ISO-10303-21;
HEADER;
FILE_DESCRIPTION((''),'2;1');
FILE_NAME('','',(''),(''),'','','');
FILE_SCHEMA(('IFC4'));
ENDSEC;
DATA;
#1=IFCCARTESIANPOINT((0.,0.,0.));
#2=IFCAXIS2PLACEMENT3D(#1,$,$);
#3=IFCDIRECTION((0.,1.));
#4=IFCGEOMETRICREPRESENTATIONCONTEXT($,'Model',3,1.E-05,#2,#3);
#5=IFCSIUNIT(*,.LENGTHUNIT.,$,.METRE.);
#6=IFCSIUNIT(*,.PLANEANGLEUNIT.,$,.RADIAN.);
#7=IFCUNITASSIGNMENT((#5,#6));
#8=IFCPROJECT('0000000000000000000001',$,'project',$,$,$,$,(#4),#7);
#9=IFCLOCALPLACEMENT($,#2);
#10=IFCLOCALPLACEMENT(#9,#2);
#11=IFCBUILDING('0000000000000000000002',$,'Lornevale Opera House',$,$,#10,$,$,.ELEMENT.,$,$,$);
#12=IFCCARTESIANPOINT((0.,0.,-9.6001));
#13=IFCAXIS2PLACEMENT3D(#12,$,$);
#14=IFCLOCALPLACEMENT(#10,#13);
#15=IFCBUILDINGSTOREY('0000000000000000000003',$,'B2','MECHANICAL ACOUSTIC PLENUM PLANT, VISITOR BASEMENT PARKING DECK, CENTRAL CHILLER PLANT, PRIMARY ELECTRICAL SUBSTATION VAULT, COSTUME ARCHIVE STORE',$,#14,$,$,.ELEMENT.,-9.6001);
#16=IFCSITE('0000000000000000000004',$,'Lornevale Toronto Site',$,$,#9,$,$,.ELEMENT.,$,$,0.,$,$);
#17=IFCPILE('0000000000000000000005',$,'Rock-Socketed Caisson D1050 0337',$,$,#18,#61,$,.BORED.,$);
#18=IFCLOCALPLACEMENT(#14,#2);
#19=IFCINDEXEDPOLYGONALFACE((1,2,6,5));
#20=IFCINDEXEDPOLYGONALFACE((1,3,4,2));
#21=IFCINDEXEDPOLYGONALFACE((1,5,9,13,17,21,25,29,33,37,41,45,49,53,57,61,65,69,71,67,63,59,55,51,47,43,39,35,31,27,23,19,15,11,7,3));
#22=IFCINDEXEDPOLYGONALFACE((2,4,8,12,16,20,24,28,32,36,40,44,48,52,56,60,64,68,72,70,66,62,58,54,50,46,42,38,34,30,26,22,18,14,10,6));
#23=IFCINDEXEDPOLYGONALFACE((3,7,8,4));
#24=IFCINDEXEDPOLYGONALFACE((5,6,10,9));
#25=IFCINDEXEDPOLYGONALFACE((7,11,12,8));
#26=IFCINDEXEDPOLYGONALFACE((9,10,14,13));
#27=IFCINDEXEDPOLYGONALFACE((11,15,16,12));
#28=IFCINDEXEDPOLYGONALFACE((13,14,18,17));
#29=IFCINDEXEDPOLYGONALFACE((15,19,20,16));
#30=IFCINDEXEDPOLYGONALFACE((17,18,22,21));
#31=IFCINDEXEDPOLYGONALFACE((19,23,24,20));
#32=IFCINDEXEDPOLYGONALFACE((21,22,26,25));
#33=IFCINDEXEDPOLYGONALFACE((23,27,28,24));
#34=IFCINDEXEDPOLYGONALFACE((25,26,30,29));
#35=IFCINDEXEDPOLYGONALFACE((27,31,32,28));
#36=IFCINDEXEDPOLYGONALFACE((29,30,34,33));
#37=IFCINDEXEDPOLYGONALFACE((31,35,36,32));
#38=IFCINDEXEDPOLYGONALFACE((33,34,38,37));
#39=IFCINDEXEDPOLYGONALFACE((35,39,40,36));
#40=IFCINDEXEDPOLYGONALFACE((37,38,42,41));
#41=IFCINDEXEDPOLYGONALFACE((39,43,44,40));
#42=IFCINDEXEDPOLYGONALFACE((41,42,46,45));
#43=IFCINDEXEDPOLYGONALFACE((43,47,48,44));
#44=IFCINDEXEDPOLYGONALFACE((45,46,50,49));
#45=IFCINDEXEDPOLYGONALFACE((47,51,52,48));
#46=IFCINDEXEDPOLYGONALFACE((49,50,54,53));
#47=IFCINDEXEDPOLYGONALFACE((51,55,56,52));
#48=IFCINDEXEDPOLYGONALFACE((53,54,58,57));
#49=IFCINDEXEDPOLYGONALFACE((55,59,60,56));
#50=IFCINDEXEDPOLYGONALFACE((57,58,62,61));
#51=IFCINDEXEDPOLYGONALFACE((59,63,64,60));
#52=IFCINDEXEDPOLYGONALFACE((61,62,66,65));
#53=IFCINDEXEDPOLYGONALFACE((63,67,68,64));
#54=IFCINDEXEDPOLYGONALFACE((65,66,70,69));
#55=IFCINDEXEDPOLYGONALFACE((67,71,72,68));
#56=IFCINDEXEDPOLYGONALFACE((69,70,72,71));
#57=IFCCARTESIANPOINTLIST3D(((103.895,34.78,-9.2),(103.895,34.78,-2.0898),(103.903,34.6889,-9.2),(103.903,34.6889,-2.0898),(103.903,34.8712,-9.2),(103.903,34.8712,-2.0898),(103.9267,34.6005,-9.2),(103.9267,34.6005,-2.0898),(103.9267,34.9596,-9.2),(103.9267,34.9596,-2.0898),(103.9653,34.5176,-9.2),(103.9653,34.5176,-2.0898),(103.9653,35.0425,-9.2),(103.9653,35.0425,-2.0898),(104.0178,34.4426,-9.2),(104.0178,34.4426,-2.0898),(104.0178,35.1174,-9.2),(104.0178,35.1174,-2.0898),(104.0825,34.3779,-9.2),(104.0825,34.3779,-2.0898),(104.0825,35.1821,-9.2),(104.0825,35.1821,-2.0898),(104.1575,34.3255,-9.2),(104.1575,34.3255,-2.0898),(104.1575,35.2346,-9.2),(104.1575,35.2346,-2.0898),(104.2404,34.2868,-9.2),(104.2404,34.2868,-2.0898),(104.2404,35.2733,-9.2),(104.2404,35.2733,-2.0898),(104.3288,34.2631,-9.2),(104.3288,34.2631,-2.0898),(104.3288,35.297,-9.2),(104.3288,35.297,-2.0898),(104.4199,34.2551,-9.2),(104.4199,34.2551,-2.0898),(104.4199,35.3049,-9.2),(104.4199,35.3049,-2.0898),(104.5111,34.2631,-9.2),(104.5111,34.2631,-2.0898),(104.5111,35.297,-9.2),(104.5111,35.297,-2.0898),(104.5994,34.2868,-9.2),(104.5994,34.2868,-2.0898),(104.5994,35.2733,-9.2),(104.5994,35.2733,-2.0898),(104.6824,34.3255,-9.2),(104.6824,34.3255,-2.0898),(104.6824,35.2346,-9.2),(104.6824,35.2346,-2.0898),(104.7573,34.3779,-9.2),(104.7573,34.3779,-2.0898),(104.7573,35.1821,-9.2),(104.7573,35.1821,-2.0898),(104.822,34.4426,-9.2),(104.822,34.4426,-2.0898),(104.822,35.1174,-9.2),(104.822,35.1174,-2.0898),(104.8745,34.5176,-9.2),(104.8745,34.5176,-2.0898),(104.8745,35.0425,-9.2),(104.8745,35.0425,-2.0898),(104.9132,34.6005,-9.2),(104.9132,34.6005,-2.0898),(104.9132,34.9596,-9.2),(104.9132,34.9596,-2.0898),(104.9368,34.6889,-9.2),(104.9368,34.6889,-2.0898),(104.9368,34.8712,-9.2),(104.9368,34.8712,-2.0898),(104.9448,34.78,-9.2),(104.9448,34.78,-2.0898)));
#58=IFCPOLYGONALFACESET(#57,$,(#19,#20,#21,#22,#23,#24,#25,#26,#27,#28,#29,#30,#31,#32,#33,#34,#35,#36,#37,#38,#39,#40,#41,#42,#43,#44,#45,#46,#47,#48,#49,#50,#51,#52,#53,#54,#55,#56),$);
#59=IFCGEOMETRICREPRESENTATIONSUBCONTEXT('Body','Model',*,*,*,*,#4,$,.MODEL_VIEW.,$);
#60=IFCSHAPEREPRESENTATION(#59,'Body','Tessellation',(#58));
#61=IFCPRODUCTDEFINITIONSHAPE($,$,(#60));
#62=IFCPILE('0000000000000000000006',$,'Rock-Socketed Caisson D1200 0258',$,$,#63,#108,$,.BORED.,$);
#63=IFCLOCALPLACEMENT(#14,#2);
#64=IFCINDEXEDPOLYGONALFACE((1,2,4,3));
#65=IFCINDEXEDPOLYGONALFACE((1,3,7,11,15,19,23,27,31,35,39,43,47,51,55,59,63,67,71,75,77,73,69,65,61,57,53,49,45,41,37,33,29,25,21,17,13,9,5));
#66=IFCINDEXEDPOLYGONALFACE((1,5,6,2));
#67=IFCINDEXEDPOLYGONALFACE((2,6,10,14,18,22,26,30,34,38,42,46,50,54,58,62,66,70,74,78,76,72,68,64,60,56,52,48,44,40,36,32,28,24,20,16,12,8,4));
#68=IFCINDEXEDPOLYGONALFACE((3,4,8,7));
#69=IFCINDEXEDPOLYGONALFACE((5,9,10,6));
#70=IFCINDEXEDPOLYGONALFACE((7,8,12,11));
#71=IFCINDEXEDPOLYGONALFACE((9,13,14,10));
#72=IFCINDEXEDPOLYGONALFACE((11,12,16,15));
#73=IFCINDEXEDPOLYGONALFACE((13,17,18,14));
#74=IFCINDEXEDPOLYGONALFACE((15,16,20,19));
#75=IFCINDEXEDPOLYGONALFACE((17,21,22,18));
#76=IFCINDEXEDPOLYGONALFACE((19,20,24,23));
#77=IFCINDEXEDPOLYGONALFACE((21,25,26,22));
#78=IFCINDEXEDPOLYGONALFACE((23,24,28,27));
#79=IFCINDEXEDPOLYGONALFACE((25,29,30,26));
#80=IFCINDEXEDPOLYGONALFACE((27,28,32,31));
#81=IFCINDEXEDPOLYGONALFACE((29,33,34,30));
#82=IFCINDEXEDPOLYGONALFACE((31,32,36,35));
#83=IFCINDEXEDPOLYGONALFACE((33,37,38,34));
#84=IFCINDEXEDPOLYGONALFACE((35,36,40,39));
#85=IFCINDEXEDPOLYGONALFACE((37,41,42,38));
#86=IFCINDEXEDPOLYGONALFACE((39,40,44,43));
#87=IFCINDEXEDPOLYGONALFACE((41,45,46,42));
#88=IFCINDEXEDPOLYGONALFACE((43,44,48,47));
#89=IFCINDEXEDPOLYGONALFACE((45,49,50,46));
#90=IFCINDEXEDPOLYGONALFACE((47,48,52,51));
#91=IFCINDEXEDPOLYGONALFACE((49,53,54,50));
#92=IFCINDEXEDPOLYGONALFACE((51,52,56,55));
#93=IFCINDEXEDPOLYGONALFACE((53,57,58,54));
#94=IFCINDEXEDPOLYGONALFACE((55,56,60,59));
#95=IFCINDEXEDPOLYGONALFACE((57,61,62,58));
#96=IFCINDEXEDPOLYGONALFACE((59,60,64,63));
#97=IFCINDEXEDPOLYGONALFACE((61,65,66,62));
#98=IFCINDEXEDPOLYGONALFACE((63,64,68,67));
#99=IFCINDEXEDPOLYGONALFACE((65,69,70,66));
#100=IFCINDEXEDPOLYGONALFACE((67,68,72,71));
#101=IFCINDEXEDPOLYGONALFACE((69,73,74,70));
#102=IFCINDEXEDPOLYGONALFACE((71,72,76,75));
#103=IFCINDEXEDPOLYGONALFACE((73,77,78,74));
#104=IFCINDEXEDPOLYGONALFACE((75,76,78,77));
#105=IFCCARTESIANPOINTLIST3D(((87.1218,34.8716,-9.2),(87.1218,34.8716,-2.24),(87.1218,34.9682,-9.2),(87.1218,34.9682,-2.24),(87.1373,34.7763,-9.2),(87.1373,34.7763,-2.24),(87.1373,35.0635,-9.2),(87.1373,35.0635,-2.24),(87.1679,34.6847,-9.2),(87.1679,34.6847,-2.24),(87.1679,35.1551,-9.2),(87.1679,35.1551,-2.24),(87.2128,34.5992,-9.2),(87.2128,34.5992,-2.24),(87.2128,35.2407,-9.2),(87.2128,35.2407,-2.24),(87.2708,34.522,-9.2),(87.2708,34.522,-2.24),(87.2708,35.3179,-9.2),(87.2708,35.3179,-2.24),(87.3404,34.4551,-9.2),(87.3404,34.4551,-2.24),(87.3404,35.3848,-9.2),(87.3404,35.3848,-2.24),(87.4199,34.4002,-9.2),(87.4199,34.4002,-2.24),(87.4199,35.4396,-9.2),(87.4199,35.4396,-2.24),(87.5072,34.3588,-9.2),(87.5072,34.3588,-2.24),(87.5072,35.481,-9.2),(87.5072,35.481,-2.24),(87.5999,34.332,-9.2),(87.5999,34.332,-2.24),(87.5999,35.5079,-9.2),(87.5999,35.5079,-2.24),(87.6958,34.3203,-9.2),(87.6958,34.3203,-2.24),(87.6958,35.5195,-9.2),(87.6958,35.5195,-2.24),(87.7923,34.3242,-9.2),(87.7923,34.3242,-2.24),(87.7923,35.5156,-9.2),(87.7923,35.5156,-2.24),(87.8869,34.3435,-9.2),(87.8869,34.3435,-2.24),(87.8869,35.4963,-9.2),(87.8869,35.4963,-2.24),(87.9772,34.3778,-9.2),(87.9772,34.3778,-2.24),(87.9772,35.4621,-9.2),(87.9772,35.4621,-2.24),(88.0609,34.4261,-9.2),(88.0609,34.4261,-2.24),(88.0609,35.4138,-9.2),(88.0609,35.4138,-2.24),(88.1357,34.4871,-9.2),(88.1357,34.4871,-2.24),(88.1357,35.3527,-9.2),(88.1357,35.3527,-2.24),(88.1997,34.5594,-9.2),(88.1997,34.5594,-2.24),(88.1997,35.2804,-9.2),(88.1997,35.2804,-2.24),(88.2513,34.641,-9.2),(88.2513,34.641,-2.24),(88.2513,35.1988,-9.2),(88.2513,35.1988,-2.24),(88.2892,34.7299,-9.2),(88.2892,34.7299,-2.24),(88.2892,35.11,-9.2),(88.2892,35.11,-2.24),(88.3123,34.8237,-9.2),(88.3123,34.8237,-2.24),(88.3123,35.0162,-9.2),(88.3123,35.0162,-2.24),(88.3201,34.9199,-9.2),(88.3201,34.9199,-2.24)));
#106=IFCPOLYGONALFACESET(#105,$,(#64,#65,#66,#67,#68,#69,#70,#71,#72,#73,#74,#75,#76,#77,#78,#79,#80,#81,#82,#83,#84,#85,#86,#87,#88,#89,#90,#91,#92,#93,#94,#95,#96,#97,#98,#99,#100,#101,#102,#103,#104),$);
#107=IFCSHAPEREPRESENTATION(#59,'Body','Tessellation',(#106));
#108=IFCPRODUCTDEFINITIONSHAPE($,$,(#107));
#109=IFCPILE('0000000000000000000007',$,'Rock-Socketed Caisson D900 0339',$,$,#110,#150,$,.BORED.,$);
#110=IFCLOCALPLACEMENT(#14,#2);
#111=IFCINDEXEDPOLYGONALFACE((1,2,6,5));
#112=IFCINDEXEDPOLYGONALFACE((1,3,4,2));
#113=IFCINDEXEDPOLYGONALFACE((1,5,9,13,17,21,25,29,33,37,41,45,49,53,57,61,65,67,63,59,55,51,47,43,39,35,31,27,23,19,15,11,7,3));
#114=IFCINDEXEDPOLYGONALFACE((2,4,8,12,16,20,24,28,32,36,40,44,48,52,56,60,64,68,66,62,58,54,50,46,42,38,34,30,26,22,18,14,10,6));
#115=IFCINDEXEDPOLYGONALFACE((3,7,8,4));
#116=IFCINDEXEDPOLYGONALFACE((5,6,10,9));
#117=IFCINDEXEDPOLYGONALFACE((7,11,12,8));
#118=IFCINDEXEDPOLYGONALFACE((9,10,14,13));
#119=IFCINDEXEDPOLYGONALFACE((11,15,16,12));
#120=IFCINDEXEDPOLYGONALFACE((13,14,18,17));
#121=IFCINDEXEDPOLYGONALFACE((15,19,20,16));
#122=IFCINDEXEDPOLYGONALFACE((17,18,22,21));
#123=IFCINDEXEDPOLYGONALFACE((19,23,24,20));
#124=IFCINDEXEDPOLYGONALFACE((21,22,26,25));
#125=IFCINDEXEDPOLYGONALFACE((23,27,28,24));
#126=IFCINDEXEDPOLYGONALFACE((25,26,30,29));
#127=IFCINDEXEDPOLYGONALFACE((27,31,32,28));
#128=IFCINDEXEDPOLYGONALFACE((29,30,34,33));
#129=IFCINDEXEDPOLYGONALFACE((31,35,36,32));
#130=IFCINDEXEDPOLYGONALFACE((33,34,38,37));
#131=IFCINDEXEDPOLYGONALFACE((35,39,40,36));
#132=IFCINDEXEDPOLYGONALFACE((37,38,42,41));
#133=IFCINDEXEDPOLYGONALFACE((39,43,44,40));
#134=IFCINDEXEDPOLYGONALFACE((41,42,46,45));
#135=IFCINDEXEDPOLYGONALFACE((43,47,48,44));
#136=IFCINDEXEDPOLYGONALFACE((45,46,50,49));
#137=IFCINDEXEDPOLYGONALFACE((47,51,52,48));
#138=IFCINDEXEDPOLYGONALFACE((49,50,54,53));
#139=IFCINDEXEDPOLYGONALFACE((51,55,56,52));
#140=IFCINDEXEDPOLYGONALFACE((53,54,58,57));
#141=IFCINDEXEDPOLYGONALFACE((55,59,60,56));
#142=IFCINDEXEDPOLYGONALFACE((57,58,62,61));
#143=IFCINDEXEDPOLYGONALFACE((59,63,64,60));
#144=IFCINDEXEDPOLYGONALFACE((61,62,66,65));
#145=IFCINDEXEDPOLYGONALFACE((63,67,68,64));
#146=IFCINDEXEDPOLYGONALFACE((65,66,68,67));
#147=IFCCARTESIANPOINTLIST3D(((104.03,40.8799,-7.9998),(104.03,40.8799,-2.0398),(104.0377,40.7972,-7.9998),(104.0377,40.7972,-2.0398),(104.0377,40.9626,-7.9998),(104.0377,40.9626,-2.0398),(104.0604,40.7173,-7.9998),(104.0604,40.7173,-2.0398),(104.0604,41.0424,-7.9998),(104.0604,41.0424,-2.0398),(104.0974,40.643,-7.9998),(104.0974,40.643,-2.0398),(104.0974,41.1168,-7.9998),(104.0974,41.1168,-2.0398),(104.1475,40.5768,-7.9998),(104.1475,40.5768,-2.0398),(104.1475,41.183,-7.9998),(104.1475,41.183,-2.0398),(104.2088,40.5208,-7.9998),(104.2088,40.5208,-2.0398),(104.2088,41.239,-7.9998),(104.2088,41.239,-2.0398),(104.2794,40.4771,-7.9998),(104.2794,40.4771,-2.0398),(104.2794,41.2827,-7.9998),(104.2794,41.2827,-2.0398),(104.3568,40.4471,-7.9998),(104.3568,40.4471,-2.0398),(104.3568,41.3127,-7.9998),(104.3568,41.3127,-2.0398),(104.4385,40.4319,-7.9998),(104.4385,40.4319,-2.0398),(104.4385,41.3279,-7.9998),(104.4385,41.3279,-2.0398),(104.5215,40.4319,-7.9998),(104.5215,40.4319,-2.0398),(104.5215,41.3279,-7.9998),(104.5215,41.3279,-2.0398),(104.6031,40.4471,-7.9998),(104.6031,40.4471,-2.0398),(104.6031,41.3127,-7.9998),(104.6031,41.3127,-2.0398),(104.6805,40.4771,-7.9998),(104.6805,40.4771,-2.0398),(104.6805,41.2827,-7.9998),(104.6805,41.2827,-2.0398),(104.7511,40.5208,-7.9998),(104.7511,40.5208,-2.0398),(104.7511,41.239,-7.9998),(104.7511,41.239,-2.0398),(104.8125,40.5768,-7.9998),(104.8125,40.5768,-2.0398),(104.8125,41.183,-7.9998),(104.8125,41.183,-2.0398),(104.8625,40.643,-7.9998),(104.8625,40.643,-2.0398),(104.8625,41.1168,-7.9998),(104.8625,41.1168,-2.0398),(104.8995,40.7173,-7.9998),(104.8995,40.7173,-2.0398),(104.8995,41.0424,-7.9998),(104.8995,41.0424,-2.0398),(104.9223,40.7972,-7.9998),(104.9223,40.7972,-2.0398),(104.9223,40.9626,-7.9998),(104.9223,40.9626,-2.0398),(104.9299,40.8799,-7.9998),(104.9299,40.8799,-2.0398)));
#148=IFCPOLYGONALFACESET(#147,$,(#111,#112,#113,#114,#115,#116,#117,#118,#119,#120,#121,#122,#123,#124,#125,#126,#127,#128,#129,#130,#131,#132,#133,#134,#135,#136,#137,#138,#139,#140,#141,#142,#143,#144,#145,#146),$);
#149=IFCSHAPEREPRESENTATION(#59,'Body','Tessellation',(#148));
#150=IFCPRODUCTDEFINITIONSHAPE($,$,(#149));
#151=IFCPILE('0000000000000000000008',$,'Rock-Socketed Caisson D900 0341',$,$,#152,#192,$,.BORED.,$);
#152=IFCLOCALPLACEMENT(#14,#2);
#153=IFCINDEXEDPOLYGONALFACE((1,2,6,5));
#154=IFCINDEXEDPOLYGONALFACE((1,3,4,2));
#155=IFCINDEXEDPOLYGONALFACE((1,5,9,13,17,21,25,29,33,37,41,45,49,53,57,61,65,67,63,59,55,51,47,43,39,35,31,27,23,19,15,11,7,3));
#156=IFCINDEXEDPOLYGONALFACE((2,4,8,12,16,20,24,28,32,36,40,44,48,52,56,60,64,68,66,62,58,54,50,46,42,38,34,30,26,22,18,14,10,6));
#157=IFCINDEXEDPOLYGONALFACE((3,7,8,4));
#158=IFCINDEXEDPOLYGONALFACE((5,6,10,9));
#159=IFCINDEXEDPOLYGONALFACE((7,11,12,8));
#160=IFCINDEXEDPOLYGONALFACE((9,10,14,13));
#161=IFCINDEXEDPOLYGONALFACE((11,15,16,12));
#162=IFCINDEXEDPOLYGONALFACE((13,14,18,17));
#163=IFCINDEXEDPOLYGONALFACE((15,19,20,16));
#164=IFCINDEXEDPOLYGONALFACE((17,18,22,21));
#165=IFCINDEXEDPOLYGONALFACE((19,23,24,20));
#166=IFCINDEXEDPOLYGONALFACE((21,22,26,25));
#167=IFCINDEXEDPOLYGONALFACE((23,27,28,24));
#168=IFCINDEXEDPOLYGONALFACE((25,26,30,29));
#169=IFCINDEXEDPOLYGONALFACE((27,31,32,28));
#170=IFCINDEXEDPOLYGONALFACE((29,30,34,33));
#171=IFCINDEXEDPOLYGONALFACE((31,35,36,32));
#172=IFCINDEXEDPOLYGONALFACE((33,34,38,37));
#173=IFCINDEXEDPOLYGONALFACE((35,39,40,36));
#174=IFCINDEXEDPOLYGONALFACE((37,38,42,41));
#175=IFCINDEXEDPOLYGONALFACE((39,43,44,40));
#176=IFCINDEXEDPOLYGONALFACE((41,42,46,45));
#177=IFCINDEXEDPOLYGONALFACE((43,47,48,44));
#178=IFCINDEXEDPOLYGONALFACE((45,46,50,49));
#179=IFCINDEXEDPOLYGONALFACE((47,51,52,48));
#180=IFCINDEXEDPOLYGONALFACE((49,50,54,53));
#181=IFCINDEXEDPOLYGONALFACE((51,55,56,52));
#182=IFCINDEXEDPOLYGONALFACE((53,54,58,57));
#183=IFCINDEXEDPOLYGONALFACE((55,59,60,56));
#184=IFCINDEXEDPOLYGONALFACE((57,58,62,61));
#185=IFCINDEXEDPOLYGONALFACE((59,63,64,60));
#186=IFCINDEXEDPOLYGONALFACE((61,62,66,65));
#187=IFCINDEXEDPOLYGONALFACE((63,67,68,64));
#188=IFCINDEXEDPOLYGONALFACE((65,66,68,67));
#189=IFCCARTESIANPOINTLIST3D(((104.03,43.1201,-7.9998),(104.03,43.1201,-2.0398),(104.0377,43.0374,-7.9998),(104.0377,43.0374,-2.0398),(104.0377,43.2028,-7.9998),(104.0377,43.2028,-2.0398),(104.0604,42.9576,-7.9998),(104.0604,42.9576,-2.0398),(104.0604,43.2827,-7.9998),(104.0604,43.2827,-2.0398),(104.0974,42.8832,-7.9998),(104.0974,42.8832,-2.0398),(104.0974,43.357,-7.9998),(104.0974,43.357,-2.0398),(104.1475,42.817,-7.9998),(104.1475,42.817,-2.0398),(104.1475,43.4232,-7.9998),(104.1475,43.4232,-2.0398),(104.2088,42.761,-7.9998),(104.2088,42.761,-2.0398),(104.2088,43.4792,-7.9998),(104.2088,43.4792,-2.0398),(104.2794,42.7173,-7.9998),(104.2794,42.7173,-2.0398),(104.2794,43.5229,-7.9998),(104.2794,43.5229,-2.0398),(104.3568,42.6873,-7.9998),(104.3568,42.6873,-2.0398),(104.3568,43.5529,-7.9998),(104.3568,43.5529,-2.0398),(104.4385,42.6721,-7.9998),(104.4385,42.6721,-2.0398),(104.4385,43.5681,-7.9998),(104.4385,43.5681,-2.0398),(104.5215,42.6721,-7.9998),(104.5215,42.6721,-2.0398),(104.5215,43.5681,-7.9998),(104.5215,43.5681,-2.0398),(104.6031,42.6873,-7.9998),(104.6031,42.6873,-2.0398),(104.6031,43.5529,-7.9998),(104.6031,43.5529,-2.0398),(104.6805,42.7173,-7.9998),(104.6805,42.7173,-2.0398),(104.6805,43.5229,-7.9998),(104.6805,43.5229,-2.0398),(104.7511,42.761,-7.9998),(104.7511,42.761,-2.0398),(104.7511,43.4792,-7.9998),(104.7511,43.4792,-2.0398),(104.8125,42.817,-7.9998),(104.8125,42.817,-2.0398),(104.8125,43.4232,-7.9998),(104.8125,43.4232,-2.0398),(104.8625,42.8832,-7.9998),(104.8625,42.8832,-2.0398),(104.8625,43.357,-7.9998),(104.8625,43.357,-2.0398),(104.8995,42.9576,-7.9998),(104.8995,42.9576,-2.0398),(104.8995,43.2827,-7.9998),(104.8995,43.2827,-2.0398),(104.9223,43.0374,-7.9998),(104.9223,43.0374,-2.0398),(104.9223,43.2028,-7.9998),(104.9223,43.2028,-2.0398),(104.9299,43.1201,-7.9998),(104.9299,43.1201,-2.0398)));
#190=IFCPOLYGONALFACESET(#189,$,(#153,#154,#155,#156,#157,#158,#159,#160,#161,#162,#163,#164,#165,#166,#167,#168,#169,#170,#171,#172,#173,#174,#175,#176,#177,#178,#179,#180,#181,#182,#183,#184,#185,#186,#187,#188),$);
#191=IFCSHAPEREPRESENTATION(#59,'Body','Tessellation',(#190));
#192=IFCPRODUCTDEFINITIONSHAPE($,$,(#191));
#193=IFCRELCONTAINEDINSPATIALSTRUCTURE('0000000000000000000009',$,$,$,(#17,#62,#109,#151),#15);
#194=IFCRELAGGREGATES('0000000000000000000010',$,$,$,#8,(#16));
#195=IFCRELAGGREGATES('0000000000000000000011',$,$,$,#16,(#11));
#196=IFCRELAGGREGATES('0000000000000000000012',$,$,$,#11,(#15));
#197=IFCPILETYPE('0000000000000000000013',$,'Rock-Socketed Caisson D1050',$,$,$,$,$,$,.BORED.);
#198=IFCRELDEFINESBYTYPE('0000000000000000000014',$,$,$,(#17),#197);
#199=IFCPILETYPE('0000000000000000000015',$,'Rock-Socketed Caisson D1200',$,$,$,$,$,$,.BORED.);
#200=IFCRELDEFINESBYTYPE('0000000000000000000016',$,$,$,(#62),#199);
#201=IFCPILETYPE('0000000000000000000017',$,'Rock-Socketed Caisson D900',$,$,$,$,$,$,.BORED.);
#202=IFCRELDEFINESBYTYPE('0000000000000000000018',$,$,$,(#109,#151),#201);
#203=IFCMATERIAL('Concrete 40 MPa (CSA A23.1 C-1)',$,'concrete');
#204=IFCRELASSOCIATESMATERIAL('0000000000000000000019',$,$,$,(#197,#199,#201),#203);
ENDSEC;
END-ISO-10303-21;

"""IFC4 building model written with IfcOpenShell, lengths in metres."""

from ifc_helpers import new_model, si_unit, direction, frame, origin, origin_2d, place, context, subcontext, project, spatial, circle, extrude, material, material_profile, profile_set, type_object, element, save


model = new_model("IFC4")

# Units and contexts
model_context = context("Model", 3, precision=1e-05, world=origin(), true_north=direction((0.0, 1.0)))
body_context = subcontext(model_context, "Body", "Model", "MODEL_VIEW")
ifc_project = project(units=[si_unit("LENGTHUNIT", "METRE"), si_unit("PLANEANGLEUNIT", "RADIAN")], contexts=[model_context])

# Site, building, storey
site_placement = place(None, origin())
site = spatial("IfcSite", under=ifc_project, at=site_placement, Name="Lornevale Toronto Site", CompositionType="ELEMENT", RefElevation=0.0)
building_placement = place(site_placement, origin())
building = spatial("IfcBuilding", under=site, at=building_placement, Name="Lornevale Opera House", CompositionType="ELEMENT")
storey_placement = place(building_placement, frame((0.0, 0.0, -9.6001)))
storey = spatial("IfcBuildingStorey", under=building, at=storey_placement, Name="B2", Description="MECHANICAL ACOUSTIC PLENUM PLANT, VISITOR BASEMENT PARKING DECK, CENTRAL CHILLER PLANT, PRIMARY ELECTRICAL SUBSTATION VAULT, COSTUME ARCHIVE STORE", CompositionType="ELEMENT", Elevation=-9.6001)

# Piles
ifc_material_1 = material(Name="Concrete 40 MPa (CSA A23.1 C-1)", Category="concrete")
ifc_material_profile_1 = material_profile(ifc_material_1, circle(Radius=0.5249, at=origin_2d()), Name="CAIS1050")
ifc_profile_set_1 = profile_set([ifc_material_profile_1], Name="Concrete 40 MPa (CSA A23.1 C-1)")
pile_type_1 = type_object("IfcPileType", Name="Rock-Socketed Caisson D1050", PredefinedType="BORED", material=ifc_profile_set_1)
for number, where, z_axis, x_axis, name in (
    (1, (104.4199, 34.78, -2.0898), (0.0, 0.0, -1.0), (1.0, 0.0, 0.0), "Rock-Socketed Caisson D1050 0337"),
):
    element("IfcPile", number, at=place(storey_placement, frame(where, z_axis=z_axis, x_axis=x_axis)), inside=storey, type_object=pile_type_1, Name=name, PredefinedType="BORED", context=body_context, shape_type="SweptSolid", body=[
        extrude(circle(Radius=0.5249, at=origin_2d()), origin(), (0.0, 0.0, 1.0), 7.1101),
    ])
ifc_material_profile_2 = material_profile(ifc_material_1, circle(Radius=0.6001, at=origin_2d()), Name="CAIS1200")
ifc_profile_set_2 = profile_set([ifc_material_profile_2], Name="Concrete 40 MPa (CSA A23.1 C-1)")
pile_type_2 = type_object("IfcPileType", Name="Rock-Socketed Caisson D1200", PredefinedType="BORED", material=ifc_profile_set_2)
pile_placement = place(storey_placement, frame((87.72, 34.9199, -2.24), z_axis=(0.0, 0.0, -1.0), x_axis=(1.0, 0.0, 0.0)))
element("IfcPile", 2, at=pile_placement, inside=storey, type_object=pile_type_2, Name="Rock-Socketed Caisson D1200 0258", PredefinedType="BORED", context=body_context, shape_type="SweptSolid", body=[
    extrude(circle(Radius=0.6001, at=origin_2d()), origin(), (0.0, 0.0, 1.0), 6.96),
])
ifc_material_profile_3 = material_profile(ifc_material_1, circle(Radius=0.45, at=origin_2d()), Name="CAIS900")
ifc_profile_set_3 = profile_set([ifc_material_profile_3], Name="Concrete 40 MPa (CSA A23.1 C-1)")
pile_type_3 = type_object("IfcPileType", Name="Rock-Socketed Caisson D900", PredefinedType="BORED", material=ifc_profile_set_3)
for number, where, z_axis, x_axis, name in (
    (3, (104.48, 40.8799, -2.0398), (0.0, 0.0, -1.0), (1.0, 0.0, 0.0), "Rock-Socketed Caisson D900 0339"),
    (4, (104.48, 43.1201, -2.0398), (0.0, 0.0, -1.0), (1.0, 0.0, 0.0), "Rock-Socketed Caisson D900 0341"),
):
    element("IfcPile", number, at=place(storey_placement, frame(where, z_axis=z_axis, x_axis=x_axis)), inside=storey, type_object=pile_type_3, Name=name, PredefinedType="BORED", context=body_context, shape_type="SweptSolid", body=[
        extrude(circle(Radius=0.45, at=origin_2d()), origin(), (0.0, 0.0, 1.0), 5.96),
    ])

save(model, "model.ifc")
